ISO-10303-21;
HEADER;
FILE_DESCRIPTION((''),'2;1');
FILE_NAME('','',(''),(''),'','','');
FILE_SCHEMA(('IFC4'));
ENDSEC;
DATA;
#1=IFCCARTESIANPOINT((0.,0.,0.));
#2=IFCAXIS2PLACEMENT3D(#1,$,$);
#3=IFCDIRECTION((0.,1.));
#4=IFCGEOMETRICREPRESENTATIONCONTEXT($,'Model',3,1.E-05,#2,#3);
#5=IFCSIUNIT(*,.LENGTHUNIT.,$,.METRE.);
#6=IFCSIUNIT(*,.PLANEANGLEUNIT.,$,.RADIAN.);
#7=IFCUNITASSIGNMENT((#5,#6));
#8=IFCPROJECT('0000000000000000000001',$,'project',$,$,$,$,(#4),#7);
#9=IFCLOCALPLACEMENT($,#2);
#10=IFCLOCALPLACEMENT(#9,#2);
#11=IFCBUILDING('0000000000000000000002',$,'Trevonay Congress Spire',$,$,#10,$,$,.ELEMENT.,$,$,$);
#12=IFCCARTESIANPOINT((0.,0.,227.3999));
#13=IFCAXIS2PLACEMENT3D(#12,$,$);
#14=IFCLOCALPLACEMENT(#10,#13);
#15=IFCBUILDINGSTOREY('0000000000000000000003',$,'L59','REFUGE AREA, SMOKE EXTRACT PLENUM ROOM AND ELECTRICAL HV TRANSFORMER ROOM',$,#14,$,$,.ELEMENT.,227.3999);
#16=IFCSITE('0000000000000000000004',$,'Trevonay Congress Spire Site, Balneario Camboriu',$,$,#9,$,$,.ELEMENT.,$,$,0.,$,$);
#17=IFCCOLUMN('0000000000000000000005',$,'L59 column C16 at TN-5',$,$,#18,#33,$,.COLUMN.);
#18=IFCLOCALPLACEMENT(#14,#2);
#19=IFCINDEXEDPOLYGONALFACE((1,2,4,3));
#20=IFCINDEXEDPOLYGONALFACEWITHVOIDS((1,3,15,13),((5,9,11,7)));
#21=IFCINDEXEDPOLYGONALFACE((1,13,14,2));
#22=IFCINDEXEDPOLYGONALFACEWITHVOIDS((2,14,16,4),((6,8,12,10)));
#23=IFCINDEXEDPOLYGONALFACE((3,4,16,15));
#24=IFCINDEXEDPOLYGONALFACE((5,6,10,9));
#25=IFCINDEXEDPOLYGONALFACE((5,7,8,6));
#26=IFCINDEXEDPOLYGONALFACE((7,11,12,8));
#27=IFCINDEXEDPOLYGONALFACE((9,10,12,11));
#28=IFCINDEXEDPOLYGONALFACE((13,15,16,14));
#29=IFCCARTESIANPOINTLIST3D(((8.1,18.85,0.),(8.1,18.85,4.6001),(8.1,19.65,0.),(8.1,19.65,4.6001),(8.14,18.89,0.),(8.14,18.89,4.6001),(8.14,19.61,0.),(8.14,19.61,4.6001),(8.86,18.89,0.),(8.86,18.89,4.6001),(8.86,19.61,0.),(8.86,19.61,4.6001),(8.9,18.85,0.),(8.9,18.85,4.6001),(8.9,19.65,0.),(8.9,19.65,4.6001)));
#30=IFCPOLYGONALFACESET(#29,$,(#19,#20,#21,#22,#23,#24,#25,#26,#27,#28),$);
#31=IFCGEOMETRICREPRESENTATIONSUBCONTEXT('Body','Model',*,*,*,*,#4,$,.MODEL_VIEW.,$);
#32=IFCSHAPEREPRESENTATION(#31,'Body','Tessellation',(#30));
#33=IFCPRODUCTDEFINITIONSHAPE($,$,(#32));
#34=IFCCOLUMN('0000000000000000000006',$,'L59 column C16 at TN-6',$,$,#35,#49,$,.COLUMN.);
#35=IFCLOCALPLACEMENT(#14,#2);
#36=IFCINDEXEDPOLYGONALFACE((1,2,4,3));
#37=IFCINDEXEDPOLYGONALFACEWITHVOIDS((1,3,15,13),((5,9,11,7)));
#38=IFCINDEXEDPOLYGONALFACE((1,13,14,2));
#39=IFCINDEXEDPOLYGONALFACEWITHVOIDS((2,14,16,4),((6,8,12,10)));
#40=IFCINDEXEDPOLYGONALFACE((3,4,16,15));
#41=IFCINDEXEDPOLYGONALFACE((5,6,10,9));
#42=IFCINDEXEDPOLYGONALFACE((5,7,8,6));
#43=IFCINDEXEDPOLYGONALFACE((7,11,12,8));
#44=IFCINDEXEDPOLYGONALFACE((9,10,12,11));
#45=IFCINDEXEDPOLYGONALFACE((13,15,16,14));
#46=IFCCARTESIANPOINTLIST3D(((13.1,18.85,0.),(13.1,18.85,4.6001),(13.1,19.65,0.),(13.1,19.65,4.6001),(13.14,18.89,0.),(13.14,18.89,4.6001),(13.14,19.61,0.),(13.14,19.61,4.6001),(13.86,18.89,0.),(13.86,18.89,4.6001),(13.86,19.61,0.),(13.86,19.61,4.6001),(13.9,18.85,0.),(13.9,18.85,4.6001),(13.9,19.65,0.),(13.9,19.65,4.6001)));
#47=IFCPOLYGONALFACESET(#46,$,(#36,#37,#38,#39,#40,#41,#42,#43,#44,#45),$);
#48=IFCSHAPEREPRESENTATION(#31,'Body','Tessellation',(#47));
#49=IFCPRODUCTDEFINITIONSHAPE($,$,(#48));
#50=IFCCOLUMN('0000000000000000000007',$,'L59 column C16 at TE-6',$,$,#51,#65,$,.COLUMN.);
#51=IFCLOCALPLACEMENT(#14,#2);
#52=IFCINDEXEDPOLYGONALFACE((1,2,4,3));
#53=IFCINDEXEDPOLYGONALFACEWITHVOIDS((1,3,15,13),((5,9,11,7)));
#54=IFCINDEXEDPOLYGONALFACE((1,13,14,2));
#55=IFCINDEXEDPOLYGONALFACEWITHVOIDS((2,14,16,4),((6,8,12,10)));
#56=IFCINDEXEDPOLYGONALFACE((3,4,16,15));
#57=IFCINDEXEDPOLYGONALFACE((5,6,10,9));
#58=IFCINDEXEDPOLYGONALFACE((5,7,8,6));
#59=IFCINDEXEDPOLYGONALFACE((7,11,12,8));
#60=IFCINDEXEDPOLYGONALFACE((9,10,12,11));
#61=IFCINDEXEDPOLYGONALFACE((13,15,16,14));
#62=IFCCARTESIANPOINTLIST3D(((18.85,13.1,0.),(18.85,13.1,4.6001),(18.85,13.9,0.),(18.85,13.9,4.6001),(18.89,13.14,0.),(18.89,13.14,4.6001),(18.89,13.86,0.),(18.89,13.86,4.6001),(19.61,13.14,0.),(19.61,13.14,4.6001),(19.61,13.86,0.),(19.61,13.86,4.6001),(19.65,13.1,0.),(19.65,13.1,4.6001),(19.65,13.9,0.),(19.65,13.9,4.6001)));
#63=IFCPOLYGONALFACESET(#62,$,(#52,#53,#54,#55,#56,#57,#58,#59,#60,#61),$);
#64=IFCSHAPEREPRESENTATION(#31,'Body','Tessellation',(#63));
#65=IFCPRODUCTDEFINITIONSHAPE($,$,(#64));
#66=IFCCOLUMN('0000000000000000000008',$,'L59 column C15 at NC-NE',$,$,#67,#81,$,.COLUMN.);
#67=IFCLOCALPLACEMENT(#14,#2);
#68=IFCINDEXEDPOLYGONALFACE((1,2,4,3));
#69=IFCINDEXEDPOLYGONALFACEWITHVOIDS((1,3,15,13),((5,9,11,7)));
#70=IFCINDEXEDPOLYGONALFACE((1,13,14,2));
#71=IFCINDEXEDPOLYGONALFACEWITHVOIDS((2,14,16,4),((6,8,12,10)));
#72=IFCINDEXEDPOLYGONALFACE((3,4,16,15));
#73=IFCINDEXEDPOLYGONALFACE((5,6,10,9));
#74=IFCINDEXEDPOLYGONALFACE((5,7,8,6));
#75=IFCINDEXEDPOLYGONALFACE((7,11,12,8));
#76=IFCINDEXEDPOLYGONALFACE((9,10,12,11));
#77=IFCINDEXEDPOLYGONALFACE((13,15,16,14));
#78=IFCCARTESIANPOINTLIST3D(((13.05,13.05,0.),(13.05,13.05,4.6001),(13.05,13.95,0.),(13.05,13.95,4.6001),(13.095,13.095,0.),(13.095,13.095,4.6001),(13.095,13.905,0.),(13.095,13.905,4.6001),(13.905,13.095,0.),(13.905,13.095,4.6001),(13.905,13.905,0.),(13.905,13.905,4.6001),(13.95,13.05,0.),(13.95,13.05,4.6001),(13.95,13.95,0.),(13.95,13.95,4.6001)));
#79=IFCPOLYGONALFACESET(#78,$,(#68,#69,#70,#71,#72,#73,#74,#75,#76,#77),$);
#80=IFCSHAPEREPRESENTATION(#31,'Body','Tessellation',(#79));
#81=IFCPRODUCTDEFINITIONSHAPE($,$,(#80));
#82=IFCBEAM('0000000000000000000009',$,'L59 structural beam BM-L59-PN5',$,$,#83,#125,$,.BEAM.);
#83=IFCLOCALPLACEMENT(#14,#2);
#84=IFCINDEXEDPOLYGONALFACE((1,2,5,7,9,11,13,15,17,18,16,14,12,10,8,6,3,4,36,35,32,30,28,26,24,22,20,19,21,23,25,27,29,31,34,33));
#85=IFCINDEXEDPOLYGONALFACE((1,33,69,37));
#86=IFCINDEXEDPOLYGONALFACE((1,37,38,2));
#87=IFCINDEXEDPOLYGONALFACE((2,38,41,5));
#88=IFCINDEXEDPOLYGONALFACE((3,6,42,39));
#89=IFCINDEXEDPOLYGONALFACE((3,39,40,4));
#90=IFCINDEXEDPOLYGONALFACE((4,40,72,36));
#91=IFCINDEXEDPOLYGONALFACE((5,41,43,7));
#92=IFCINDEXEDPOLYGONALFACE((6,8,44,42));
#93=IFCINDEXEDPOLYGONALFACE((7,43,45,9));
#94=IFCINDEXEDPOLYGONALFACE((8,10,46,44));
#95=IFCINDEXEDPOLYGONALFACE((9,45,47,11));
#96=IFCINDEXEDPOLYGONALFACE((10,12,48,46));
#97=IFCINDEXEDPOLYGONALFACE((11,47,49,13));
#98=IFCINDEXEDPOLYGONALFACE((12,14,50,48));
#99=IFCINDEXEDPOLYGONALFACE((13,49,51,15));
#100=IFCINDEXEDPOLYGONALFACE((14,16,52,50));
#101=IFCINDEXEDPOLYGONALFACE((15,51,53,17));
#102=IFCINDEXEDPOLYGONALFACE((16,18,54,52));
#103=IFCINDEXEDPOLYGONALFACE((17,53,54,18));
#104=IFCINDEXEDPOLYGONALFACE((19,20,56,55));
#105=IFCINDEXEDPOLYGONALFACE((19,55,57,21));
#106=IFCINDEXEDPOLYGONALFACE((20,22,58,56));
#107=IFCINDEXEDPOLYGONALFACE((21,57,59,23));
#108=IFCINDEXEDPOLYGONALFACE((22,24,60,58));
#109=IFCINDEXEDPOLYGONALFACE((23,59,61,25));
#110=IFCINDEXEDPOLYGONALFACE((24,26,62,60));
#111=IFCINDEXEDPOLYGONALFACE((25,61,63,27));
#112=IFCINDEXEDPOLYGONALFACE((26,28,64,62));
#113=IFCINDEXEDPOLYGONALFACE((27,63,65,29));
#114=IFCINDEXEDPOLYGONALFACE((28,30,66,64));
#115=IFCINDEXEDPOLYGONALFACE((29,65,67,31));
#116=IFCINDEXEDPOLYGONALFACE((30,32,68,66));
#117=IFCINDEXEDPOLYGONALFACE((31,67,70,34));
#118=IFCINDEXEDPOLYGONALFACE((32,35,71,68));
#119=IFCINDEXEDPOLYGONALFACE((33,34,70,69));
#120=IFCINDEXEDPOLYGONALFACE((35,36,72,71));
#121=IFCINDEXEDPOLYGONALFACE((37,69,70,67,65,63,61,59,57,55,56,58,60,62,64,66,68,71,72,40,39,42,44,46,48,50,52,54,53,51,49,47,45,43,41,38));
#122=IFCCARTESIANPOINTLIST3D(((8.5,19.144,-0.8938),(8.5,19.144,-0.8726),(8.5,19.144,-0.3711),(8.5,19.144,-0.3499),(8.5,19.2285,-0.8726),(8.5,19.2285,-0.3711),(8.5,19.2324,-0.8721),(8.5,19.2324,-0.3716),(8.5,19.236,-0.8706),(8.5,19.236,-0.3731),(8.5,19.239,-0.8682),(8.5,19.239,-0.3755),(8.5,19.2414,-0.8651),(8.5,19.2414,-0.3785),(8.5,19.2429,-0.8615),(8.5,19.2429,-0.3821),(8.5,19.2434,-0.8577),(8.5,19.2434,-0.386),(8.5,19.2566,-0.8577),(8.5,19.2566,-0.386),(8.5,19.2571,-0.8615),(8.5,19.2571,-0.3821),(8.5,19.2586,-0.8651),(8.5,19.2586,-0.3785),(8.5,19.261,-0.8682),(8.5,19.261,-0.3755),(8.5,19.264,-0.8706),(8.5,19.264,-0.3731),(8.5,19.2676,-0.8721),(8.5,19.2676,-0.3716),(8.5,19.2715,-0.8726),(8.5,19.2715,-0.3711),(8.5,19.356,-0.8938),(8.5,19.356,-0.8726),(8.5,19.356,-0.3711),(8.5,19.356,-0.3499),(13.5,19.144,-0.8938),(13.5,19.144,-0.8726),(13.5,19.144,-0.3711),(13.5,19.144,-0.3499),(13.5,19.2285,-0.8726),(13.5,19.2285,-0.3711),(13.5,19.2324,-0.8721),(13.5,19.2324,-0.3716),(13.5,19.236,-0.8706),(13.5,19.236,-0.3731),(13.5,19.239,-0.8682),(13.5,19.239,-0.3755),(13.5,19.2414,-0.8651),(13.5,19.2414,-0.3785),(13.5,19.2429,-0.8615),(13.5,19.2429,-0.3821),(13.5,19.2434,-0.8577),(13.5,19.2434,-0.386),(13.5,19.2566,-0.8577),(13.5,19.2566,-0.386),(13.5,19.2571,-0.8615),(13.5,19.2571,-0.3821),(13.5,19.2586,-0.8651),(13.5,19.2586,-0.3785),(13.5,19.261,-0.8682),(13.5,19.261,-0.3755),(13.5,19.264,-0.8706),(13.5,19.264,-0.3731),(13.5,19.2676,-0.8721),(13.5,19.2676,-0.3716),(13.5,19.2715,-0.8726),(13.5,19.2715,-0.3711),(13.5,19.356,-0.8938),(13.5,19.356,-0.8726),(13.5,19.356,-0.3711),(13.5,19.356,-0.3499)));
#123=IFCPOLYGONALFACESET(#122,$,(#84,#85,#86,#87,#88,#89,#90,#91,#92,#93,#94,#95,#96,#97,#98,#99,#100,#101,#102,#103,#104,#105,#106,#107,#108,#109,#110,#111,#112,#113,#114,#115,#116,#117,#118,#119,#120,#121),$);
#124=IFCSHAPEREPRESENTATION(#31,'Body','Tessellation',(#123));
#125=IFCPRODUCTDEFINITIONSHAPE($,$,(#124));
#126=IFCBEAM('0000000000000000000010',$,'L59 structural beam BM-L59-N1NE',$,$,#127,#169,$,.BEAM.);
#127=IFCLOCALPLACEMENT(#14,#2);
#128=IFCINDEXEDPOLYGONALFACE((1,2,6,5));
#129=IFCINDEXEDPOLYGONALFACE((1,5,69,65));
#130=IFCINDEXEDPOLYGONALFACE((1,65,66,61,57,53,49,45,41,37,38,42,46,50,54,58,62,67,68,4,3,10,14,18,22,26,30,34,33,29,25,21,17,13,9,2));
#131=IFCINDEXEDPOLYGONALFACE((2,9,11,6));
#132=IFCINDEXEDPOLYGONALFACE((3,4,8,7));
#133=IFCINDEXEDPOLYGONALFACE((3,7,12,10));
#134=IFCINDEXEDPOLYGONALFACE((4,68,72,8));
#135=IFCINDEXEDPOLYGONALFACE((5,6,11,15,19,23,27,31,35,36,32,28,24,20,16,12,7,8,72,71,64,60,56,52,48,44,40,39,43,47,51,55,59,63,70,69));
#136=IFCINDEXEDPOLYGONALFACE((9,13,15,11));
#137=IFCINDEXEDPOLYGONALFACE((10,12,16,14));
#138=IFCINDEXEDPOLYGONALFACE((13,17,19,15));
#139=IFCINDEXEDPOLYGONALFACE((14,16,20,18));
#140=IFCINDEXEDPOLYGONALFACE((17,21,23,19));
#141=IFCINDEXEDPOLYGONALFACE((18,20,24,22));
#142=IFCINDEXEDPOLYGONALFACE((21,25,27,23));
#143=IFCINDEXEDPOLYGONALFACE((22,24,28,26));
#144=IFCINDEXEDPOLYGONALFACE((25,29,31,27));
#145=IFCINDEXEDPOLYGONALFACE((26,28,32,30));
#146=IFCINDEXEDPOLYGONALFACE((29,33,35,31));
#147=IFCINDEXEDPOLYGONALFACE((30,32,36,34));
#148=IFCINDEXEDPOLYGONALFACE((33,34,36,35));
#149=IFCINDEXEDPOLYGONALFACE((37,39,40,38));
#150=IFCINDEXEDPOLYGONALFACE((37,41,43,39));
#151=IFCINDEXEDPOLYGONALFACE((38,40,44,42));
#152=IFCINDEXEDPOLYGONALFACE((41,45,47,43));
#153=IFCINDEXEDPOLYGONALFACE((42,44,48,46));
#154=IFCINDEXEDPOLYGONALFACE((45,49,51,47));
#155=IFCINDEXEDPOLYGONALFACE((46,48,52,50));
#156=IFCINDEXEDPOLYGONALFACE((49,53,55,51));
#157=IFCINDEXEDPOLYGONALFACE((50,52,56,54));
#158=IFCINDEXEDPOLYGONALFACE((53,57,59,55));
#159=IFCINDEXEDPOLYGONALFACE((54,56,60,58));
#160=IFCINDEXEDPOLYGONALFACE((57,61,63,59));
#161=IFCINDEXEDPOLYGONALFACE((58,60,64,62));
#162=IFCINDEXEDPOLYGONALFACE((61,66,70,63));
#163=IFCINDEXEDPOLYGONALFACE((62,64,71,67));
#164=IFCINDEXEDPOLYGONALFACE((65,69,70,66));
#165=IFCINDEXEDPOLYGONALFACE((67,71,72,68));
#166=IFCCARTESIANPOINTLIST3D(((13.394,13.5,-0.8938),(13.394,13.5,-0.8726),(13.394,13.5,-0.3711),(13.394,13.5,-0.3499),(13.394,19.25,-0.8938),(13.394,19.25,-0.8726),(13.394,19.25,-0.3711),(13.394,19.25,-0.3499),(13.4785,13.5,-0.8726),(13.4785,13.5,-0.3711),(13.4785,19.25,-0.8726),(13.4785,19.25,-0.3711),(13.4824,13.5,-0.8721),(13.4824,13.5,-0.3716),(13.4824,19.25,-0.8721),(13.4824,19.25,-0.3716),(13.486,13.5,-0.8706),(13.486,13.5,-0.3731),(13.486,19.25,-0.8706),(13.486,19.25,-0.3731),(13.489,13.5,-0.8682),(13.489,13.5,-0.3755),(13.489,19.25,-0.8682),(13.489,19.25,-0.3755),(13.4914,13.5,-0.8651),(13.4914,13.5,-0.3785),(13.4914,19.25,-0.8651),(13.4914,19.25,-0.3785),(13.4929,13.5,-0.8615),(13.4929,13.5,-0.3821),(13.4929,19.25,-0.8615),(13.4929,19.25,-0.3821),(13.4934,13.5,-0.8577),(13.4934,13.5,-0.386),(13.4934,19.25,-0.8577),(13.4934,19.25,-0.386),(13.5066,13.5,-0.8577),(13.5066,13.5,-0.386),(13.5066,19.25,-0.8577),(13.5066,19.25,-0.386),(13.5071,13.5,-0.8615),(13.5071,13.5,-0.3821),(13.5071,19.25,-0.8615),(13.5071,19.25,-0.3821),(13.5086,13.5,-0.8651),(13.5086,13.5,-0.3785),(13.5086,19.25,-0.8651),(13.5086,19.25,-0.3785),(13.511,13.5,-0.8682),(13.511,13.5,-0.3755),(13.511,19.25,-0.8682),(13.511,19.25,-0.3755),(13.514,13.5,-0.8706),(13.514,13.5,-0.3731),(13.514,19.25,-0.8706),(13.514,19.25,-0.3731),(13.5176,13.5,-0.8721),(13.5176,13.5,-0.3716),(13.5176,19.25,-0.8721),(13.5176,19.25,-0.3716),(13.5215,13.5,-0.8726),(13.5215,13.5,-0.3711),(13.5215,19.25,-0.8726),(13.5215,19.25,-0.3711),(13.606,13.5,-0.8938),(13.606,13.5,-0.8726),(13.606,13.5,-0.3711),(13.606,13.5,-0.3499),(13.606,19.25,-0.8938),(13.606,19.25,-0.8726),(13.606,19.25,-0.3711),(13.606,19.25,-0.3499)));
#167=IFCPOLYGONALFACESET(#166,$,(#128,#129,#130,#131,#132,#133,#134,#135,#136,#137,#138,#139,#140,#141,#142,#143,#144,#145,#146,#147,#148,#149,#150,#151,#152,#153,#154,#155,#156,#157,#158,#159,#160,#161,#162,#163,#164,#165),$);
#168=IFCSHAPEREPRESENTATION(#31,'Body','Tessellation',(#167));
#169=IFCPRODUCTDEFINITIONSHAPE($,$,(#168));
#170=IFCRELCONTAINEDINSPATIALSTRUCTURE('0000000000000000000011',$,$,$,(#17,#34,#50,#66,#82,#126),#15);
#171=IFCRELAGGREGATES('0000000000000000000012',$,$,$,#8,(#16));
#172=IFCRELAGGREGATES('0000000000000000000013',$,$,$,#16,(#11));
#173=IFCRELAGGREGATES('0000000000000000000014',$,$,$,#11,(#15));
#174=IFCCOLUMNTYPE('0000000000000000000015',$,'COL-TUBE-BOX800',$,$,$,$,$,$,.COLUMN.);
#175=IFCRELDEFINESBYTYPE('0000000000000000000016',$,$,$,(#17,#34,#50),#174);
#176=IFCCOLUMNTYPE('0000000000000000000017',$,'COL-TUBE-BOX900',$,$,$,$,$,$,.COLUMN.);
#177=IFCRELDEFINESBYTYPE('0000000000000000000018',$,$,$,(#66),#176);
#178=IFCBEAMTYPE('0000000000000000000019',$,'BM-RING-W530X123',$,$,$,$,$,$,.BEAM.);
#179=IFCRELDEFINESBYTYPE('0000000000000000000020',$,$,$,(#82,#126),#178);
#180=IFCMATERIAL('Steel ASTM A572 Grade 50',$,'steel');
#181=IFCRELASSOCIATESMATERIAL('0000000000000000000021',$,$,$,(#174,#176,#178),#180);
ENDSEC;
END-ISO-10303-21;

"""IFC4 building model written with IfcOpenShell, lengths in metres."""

from ifc_helpers import new_model, si_unit, direction, frame, origin, origin_2d, place, context, subcontext, project, spatial, hollow_rectangle, i_section, extrude, material, material_profile, profile_set, type_object, element, save


model = new_model("IFC4")

# Units and contexts
model_context = context("Model", 3, precision=1e-05, world=origin(), true_north=direction((0.0, 1.0)))
body_context = subcontext(model_context, "Body", "Model", "MODEL_VIEW")
ifc_project = project(units=[si_unit("LENGTHUNIT", "METRE"), si_unit("PLANEANGLEUNIT", "RADIAN")], contexts=[model_context])

# Site, building, storey
site_placement = place(None, origin())
site = spatial("IfcSite", under=ifc_project, at=site_placement, Name="Trevonay Congress Spire Site, Balneario Camboriu", CompositionType="ELEMENT", RefElevation=0.0)
building_placement = place(site_placement, origin())
building = spatial("IfcBuilding", under=site, at=building_placement, Name="Trevonay Congress Spire", CompositionType="ELEMENT")
storey_placement = place(building_placement, frame((0.0, 0.0, 227.3999)))
storey = spatial("IfcBuildingStorey", under=building, at=storey_placement, Name="L59", Description="REFUGE AREA, SMOKE EXTRACT PLENUM ROOM AND ELECTRICAL HV TRANSFORMER ROOM", CompositionType="ELEMENT", Elevation=227.3999)

# Columns
ifc_material_1 = material(Name="Steel ASTM A572 Grade 50", Category="steel")
ifc_material_profile_1 = material_profile(ifc_material_1, hollow_rectangle(XDim=0.8, YDim=0.8, WallThickness=0.04, at=origin_2d()), Name="BOX 800x800x40")
ifc_profile_set_1 = profile_set([ifc_material_profile_1], Name="Steel ASTM A572 Grade 50")
column_type_1 = type_object("IfcColumnType", Name="COL-TUBE-BOX800", PredefinedType="COLUMN", material=ifc_profile_set_1)
for number, where, z_axis, x_axis, name in (
    (1, (8.5, 19.25, 0.0), (0.0, 0.0, 1.0), (1.0, 0.0, 0.0), "L59 column C16 at TN-5"),
    (2, (13.5, 19.25, 0.0), (0.0, 0.0, 1.0), (1.0, 0.0, 0.0), "L59 column C16 at TN-6"),
    (3, (19.25, 13.5, 0.0), (0.0, 0.0, 1.0), (1.0, 0.0, 0.0), "L59 column C16 at TE-6"),
):
    element("IfcColumn", number, at=place(storey_placement, frame(where, z_axis=z_axis, x_axis=x_axis)), inside=storey, type_object=column_type_1, Name=name, PredefinedType="COLUMN", context=body_context, shape_type="SweptSolid", body=[
        extrude(hollow_rectangle(XDim=0.8, YDim=0.8, WallThickness=0.04, at=origin_2d()), origin(), (0.0, 0.0, 1.0), 4.6001),
    ])
ifc_material_profile_2 = material_profile(ifc_material_1, hollow_rectangle(XDim=0.8999, YDim=0.8999, WallThickness=0.0449, at=origin_2d()), Name="BOX 900x900x45")
ifc_profile_set_2 = profile_set([ifc_material_profile_2], Name="Steel ASTM A572 Grade 50")
column_type_2 = type_object("IfcColumnType", Name="COL-TUBE-BOX900", PredefinedType="COLUMN", material=ifc_profile_set_2)
column_placement = place(storey_placement, frame((13.5, 13.5, 0.0), z_axis=(0.0, 0.0, 1.0), x_axis=(1.0, 0.0, 0.0)))
element("IfcColumn", 4, at=column_placement, inside=storey, type_object=column_type_2, Name="L59 column C15 at NC-NE", PredefinedType="COLUMN", context=body_context, shape_type="SweptSolid", body=[
    extrude(hollow_rectangle(XDim=0.8999, YDim=0.8999, WallThickness=0.0449, at=origin_2d()), origin(), (0.0, 0.0, 1.0), 4.6001),
])

# Beams
ifc_material_profile_3 = material_profile(ifc_material_1, i_section(OverallWidth=0.2119, OverallDepth=0.5439, WebThickness=0.0132, FlangeThickness=0.0212, FilletRadius=0.0149, at=origin_2d()), Name="W530x123")
ifc_profile_set_3 = profile_set([ifc_material_profile_3], Name="Steel ASTM A572 Grade 50")
beam_type = type_object("IfcBeamType", Name="BM-RING-W530X123", PredefinedType="BEAM", material=ifc_profile_set_3)
beam_placement = place(storey_placement, frame((8.5, 19.25, -0.6218), z_axis=(1.0, 0.0, 0.0), x_axis=(0.0, 1.0, 0.0)))
element("IfcBeam", 5, at=beam_placement, inside=storey, type_object=beam_type, Name="L59 structural beam BM-L59-PN5", PredefinedType="BEAM", context=body_context, shape_type="SweptSolid", body=[
    extrude(i_section(OverallWidth=0.2119, OverallDepth=0.5439, WebThickness=0.0132, FlangeThickness=0.0212, FilletRadius=0.0149, at=origin_2d()), origin(), (0.0, 0.0, 1.0), 5.0),
])
for number, where, z_axis, x_axis, name in (
    (6, (13.5, 19.25, -0.6218), (0.0, -1.0, 0.0), (1.0, 0.0, 0.0), "L59 structural beam BM-L59-N1NE"),
):
    element("IfcBeam", number, at=place(storey_placement, frame(where, z_axis=z_axis, x_axis=x_axis)), inside=storey, type_object=beam_type, Name=name, PredefinedType="BEAM", context=body_context, shape_type="SweptSolid", body=[
        extrude(i_section(OverallWidth=0.2119, OverallDepth=0.5439, WebThickness=0.0132, FlangeThickness=0.0212, FilletRadius=0.0149, at=origin_2d()), origin(), (0.0, 0.0, 1.0), 5.75),
    ])

save(model, "model.ifc")
